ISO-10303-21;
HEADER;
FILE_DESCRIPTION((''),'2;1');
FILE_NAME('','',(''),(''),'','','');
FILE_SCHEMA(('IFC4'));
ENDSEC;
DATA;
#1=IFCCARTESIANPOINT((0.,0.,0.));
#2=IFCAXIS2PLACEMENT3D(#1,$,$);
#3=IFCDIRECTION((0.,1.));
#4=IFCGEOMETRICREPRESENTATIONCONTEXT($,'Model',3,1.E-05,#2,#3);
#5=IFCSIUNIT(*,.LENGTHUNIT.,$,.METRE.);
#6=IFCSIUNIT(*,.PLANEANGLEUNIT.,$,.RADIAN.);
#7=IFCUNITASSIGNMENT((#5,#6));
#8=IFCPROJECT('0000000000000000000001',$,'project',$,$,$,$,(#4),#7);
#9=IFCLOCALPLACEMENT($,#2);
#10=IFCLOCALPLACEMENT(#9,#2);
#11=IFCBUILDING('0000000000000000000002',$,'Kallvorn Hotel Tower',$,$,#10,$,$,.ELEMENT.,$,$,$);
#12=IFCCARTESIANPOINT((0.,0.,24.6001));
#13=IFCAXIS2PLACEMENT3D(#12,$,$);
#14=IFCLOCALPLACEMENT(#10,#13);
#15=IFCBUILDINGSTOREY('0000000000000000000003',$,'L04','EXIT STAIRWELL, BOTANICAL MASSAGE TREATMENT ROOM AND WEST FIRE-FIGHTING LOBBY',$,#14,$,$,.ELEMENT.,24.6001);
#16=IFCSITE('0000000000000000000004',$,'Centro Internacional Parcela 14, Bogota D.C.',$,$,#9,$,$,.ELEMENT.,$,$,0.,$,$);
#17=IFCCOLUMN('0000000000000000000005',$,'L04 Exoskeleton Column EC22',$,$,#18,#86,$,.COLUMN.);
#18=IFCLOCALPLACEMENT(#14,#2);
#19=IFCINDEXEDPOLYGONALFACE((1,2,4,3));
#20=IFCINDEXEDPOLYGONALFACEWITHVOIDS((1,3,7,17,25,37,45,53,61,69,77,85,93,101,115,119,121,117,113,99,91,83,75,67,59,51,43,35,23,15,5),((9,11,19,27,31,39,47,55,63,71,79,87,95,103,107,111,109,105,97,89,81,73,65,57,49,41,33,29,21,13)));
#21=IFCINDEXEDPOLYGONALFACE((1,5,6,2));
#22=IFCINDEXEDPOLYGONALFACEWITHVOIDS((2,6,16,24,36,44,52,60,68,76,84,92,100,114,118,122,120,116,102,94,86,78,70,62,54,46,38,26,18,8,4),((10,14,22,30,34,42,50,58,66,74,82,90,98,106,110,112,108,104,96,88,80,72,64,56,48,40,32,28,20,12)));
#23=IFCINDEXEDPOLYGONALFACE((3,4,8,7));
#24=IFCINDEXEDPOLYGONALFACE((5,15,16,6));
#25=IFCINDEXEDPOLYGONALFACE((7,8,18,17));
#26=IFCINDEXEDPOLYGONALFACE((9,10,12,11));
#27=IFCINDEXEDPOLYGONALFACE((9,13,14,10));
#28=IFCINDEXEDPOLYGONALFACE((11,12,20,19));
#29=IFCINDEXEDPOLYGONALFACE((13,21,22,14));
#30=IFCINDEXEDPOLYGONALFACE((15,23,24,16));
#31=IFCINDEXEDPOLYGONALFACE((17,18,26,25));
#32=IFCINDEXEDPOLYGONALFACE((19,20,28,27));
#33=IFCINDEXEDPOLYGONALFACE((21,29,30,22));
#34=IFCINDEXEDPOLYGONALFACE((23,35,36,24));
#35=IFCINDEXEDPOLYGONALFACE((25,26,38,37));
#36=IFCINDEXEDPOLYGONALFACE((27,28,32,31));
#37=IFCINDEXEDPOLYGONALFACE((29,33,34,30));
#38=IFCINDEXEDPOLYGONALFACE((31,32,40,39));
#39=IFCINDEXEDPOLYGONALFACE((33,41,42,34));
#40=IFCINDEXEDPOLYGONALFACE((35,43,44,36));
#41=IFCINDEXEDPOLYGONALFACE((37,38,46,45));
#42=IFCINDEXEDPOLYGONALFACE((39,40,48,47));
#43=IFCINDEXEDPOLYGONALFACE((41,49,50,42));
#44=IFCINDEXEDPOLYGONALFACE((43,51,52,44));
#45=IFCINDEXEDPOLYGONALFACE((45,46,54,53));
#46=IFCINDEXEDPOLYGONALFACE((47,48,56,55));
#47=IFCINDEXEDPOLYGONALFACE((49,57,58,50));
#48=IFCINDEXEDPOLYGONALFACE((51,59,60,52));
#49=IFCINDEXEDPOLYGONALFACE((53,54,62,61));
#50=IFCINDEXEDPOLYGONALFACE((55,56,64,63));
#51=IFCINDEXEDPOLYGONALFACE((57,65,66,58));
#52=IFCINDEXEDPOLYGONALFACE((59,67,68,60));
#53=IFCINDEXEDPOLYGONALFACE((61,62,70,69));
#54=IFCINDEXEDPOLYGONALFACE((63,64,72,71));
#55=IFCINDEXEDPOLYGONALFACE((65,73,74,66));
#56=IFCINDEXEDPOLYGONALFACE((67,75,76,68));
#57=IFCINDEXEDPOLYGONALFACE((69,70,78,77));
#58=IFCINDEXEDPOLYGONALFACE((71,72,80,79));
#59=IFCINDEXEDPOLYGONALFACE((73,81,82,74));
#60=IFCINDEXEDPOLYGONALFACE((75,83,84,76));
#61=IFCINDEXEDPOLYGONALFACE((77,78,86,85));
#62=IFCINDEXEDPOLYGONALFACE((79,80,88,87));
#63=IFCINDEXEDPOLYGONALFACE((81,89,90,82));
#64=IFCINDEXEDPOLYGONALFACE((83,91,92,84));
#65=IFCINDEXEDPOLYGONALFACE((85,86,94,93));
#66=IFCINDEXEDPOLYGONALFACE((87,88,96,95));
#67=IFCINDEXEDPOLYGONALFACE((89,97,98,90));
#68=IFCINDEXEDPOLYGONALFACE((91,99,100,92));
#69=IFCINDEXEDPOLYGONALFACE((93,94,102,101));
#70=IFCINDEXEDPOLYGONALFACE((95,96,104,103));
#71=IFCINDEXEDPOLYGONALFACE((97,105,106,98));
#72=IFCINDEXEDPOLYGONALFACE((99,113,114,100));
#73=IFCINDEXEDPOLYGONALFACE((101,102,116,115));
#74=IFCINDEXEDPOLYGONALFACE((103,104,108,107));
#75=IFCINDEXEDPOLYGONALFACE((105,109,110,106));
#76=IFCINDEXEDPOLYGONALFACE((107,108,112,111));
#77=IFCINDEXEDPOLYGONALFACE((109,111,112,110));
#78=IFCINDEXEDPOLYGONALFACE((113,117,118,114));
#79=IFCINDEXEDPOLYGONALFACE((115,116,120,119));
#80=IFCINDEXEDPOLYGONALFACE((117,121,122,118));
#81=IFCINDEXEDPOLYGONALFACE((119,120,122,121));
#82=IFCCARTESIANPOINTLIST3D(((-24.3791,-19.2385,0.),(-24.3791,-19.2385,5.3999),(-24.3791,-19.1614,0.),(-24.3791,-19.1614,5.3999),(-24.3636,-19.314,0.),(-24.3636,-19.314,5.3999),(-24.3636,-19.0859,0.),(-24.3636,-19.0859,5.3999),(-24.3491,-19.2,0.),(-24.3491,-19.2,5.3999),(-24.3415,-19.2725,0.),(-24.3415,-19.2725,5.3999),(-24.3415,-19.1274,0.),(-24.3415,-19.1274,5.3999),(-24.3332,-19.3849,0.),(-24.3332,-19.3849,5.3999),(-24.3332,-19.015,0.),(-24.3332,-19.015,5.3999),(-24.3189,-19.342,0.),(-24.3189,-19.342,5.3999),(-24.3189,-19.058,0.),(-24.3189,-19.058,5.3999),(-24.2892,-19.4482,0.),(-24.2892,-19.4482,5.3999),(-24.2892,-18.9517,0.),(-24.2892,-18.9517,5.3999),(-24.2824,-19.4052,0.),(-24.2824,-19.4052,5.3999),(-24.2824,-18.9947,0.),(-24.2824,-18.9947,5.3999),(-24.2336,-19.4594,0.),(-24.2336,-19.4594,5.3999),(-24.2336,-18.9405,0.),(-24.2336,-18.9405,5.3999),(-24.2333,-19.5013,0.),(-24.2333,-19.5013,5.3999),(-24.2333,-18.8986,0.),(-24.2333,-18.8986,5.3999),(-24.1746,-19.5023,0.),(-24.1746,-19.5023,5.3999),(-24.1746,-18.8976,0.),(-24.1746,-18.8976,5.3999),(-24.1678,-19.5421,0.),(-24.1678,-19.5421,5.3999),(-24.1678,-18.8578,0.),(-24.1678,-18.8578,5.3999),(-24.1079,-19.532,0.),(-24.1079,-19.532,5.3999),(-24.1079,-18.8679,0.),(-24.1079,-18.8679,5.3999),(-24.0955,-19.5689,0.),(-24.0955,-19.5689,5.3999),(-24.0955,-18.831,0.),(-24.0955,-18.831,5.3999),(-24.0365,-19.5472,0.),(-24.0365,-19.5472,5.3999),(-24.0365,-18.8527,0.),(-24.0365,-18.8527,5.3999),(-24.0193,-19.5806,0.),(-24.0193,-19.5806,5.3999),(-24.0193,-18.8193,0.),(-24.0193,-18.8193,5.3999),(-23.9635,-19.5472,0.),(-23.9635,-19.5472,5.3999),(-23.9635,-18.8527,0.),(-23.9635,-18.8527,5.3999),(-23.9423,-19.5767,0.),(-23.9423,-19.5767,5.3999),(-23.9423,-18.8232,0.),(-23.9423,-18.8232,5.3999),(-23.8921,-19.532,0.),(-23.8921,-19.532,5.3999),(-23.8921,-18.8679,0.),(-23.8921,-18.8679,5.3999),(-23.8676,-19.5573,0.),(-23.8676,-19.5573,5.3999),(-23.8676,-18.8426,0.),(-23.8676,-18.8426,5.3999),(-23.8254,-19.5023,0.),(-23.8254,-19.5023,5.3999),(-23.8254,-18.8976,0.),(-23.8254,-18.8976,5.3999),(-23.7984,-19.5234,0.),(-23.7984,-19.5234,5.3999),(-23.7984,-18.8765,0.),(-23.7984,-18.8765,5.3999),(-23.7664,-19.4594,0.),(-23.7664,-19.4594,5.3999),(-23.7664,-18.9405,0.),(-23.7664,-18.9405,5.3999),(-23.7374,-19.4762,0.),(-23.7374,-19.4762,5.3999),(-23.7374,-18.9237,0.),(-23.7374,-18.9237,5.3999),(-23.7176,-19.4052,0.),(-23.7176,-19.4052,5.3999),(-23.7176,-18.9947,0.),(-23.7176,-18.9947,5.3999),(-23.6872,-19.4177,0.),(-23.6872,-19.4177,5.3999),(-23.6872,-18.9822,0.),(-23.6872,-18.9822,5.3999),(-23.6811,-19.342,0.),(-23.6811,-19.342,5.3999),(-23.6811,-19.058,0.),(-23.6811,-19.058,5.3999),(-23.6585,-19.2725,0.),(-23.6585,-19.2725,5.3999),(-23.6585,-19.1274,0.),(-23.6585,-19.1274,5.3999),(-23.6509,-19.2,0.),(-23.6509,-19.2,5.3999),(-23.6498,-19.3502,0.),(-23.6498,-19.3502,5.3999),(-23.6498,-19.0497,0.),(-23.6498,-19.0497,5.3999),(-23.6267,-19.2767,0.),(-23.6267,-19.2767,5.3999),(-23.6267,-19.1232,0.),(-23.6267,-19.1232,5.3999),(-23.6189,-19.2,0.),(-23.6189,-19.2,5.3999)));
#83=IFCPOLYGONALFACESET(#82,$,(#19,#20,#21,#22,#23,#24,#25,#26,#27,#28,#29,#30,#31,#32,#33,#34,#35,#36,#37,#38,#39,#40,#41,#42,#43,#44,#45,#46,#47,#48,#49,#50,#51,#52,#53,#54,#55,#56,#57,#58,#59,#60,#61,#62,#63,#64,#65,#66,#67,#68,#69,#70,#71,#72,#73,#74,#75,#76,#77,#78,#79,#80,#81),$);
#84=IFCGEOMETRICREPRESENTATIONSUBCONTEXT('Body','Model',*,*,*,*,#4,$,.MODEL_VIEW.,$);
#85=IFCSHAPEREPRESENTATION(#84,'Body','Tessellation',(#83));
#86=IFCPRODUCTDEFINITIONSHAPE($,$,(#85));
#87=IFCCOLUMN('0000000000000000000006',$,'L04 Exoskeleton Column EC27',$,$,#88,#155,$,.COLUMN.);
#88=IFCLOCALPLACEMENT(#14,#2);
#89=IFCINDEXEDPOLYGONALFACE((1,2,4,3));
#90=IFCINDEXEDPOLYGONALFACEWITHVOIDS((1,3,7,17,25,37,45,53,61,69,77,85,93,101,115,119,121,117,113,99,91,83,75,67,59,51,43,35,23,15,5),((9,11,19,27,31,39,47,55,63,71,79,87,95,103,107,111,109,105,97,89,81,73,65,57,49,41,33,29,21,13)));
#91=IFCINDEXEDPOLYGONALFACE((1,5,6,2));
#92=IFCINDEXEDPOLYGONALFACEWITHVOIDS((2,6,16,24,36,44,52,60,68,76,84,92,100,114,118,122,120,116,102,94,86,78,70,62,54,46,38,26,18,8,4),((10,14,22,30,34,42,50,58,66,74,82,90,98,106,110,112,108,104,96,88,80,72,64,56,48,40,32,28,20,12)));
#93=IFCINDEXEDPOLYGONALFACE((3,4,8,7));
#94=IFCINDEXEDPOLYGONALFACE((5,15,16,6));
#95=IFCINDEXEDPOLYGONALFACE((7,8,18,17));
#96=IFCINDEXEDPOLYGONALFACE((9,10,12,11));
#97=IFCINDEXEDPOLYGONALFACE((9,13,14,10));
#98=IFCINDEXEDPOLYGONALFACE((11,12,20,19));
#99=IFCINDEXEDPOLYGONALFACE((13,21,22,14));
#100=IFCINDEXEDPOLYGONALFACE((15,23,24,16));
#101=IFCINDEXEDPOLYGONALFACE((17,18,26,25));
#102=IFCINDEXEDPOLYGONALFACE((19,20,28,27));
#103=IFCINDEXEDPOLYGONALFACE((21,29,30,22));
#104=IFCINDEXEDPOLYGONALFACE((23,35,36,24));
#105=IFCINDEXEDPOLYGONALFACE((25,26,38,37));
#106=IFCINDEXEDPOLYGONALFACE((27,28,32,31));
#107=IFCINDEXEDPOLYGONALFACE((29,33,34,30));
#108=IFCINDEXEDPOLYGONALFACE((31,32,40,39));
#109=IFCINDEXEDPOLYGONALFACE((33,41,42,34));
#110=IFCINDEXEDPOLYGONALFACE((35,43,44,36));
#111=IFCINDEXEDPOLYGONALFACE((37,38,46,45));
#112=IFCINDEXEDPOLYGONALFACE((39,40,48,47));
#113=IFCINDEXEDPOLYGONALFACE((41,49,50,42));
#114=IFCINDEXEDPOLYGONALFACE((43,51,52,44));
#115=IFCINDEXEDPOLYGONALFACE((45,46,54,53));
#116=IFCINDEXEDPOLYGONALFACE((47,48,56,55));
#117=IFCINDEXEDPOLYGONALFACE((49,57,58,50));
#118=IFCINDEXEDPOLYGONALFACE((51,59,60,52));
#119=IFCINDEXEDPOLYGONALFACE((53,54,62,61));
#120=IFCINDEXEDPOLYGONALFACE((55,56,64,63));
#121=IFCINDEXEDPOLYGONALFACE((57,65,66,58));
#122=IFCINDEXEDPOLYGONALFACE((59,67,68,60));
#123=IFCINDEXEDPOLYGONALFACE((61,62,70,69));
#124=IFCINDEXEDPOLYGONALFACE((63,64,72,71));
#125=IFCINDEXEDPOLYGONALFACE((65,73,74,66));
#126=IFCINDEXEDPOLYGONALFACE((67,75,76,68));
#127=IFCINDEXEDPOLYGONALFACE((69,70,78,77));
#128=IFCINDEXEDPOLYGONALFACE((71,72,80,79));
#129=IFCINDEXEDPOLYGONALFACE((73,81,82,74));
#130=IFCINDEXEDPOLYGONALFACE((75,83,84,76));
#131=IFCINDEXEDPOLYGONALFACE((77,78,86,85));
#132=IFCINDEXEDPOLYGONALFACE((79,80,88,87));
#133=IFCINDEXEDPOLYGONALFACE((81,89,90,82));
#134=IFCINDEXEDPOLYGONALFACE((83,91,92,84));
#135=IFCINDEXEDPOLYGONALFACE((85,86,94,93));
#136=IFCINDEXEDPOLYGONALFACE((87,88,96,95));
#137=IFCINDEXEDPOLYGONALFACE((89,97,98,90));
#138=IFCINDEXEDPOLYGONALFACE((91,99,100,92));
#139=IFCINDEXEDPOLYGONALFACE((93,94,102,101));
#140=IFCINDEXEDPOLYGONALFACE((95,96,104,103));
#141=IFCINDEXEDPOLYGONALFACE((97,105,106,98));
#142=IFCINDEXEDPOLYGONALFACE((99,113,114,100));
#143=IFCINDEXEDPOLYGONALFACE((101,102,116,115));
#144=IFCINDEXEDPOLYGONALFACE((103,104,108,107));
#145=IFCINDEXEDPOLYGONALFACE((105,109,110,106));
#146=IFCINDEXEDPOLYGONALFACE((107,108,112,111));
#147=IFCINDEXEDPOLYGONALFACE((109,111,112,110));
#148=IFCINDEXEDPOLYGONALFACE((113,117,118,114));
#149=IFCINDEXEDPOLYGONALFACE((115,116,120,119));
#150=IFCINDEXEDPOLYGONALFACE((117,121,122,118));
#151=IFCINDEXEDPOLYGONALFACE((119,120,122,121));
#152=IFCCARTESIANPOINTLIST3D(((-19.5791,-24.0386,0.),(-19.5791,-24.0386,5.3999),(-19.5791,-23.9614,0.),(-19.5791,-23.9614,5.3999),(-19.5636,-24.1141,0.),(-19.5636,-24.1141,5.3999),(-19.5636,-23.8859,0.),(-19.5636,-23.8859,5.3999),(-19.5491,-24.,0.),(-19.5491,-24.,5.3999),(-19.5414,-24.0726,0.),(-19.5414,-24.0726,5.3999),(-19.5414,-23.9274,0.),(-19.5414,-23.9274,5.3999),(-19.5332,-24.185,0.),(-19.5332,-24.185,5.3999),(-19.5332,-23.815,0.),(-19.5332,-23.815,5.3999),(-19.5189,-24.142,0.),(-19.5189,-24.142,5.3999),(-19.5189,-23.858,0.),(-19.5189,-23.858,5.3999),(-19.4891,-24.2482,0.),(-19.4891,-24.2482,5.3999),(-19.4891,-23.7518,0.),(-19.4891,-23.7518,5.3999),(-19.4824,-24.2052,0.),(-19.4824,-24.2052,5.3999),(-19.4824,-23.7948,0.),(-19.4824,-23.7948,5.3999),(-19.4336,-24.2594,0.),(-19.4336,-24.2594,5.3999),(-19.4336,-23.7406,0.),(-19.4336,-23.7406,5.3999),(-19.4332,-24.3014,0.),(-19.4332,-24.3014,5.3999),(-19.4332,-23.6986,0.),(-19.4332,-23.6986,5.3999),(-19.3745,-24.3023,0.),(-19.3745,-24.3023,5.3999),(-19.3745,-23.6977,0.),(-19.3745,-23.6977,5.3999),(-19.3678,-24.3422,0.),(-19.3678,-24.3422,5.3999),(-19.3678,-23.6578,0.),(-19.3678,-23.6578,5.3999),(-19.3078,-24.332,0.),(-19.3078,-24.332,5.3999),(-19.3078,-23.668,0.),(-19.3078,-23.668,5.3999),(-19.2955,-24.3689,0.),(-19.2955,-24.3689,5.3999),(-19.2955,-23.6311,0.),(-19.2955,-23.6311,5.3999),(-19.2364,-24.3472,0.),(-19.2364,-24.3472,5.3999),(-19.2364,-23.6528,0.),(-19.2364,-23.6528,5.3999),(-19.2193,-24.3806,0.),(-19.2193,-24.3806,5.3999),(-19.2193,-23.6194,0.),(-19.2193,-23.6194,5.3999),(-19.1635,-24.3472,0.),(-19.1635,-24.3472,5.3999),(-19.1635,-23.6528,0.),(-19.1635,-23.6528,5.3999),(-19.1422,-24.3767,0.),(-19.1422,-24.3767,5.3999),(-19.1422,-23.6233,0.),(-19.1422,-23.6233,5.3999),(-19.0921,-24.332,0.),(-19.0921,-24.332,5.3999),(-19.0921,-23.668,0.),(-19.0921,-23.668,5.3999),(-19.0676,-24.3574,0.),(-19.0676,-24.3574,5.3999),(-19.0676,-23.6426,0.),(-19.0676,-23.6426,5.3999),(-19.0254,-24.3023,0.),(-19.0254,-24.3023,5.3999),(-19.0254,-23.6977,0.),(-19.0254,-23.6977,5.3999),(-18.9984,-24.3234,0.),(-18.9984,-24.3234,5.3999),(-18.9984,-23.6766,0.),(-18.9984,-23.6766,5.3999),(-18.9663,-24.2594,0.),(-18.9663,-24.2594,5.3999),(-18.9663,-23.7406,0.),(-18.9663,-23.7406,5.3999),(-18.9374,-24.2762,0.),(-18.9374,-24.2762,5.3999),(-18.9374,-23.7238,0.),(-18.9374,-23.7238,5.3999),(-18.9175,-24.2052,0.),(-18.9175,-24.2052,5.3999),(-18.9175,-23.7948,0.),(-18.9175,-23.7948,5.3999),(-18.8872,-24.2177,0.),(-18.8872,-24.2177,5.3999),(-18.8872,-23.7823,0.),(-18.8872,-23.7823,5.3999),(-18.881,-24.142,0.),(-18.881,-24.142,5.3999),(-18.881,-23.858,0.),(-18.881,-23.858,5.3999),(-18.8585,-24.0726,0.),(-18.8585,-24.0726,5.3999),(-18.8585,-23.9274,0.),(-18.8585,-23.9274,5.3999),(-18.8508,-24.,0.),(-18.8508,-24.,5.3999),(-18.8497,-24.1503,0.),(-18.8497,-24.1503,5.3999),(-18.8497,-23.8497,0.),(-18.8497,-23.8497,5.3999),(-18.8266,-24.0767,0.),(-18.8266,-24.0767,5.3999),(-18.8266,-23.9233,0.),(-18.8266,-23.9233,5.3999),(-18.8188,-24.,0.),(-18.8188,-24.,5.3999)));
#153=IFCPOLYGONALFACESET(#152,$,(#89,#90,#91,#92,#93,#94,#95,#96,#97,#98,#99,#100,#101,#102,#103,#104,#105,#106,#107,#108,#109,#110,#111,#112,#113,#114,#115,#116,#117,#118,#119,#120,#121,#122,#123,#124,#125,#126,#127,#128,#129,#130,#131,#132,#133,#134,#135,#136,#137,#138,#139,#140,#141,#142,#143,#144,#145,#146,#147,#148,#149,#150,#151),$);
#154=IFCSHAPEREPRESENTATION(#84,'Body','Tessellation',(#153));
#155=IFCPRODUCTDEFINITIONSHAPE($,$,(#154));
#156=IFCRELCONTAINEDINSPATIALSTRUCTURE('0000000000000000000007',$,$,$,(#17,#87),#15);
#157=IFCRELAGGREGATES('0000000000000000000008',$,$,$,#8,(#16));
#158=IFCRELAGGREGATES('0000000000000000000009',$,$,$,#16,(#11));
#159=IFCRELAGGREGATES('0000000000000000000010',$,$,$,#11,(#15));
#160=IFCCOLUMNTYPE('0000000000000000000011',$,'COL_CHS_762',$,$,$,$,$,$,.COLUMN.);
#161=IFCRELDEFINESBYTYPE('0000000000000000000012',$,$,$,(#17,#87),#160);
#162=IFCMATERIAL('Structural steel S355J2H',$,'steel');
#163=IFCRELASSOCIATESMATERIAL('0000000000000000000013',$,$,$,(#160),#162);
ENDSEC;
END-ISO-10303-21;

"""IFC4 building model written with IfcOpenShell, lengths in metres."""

from ifc_helpers import new_model, si_unit, direction, frame, origin, origin_2d, place, context, subcontext, project, spatial, hollow_circle, extrude, material, material_profile, profile_set, type_object, element, save


model = new_model("IFC4")

# Units and contexts
model_context = context("Model", 3, precision=1e-05, world=origin(), true_north=direction((0.0, 1.0)))
body_context = subcontext(model_context, "Body", "Model", "MODEL_VIEW")
ifc_project = project(units=[si_unit("LENGTHUNIT", "METRE"), si_unit("PLANEANGLEUNIT", "RADIAN")], contexts=[model_context])

# Site, building, storey
site_placement = place(None, origin())
site = spatial("IfcSite", under=ifc_project, at=site_placement, Name="Centro Internacional Parcela 14, Bogota D.C.", CompositionType="ELEMENT", RefElevation=0.0)
building_placement = place(site_placement, origin())
building = spatial("IfcBuilding", under=site, at=building_placement, Name="Kallvorn Hotel Tower", CompositionType="ELEMENT")
storey_placement = place(building_placement, frame((0.0, 0.0, 24.6001)))
storey = spatial("IfcBuildingStorey", under=building, at=storey_placement, Name="L04", Description="EXIT STAIRWELL, BOTANICAL MASSAGE TREATMENT ROOM AND WEST FIRE-FIGHTING LOBBY", CompositionType="ELEMENT", Elevation=24.6001)

# Columns
ifc_material_1 = material(Name="Structural steel S355J2H", Category="steel")
ifc_material_profile_1 = material_profile(ifc_material_1, hollow_circle(Radius=0.3811, WallThickness=0.032, at=origin_2d()), Name="CHS 762x32")
ifc_profile_set_1 = profile_set([ifc_material_profile_1], Name="Structural steel S355J2H")
column_type_1 = type_object("IfcColumnType", Name="COL_CHS_762", PredefinedType="COLUMN", material=ifc_profile_set_1)
for number, where, z_axis, x_axis, name in (
    (1, (-24.0, -19.2, 0.0), (0.0, 0.0, 1.0), (1.0, 0.0, 0.0), "L04 Exoskeleton Column EC22"),
    (2, (-19.2, -24.0, 0.0), (0.0, 0.0, 1.0), (1.0, 0.0, 0.0), "L04 Exoskeleton Column EC27"),
):
    element("IfcColumn", number, at=place(storey_placement, frame(where, z_axis=z_axis, x_axis=x_axis)), inside=storey, type_object=column_type_1, Name=name, PredefinedType="COLUMN", context=body_context, shape_type="SweptSolid", body=[
        extrude(hollow_circle(Radius=0.3811, WallThickness=0.032, at=origin_2d()), origin(), (0.0, 0.0, 1.0), 5.3999),
    ])

save(model, "model.ifc")
